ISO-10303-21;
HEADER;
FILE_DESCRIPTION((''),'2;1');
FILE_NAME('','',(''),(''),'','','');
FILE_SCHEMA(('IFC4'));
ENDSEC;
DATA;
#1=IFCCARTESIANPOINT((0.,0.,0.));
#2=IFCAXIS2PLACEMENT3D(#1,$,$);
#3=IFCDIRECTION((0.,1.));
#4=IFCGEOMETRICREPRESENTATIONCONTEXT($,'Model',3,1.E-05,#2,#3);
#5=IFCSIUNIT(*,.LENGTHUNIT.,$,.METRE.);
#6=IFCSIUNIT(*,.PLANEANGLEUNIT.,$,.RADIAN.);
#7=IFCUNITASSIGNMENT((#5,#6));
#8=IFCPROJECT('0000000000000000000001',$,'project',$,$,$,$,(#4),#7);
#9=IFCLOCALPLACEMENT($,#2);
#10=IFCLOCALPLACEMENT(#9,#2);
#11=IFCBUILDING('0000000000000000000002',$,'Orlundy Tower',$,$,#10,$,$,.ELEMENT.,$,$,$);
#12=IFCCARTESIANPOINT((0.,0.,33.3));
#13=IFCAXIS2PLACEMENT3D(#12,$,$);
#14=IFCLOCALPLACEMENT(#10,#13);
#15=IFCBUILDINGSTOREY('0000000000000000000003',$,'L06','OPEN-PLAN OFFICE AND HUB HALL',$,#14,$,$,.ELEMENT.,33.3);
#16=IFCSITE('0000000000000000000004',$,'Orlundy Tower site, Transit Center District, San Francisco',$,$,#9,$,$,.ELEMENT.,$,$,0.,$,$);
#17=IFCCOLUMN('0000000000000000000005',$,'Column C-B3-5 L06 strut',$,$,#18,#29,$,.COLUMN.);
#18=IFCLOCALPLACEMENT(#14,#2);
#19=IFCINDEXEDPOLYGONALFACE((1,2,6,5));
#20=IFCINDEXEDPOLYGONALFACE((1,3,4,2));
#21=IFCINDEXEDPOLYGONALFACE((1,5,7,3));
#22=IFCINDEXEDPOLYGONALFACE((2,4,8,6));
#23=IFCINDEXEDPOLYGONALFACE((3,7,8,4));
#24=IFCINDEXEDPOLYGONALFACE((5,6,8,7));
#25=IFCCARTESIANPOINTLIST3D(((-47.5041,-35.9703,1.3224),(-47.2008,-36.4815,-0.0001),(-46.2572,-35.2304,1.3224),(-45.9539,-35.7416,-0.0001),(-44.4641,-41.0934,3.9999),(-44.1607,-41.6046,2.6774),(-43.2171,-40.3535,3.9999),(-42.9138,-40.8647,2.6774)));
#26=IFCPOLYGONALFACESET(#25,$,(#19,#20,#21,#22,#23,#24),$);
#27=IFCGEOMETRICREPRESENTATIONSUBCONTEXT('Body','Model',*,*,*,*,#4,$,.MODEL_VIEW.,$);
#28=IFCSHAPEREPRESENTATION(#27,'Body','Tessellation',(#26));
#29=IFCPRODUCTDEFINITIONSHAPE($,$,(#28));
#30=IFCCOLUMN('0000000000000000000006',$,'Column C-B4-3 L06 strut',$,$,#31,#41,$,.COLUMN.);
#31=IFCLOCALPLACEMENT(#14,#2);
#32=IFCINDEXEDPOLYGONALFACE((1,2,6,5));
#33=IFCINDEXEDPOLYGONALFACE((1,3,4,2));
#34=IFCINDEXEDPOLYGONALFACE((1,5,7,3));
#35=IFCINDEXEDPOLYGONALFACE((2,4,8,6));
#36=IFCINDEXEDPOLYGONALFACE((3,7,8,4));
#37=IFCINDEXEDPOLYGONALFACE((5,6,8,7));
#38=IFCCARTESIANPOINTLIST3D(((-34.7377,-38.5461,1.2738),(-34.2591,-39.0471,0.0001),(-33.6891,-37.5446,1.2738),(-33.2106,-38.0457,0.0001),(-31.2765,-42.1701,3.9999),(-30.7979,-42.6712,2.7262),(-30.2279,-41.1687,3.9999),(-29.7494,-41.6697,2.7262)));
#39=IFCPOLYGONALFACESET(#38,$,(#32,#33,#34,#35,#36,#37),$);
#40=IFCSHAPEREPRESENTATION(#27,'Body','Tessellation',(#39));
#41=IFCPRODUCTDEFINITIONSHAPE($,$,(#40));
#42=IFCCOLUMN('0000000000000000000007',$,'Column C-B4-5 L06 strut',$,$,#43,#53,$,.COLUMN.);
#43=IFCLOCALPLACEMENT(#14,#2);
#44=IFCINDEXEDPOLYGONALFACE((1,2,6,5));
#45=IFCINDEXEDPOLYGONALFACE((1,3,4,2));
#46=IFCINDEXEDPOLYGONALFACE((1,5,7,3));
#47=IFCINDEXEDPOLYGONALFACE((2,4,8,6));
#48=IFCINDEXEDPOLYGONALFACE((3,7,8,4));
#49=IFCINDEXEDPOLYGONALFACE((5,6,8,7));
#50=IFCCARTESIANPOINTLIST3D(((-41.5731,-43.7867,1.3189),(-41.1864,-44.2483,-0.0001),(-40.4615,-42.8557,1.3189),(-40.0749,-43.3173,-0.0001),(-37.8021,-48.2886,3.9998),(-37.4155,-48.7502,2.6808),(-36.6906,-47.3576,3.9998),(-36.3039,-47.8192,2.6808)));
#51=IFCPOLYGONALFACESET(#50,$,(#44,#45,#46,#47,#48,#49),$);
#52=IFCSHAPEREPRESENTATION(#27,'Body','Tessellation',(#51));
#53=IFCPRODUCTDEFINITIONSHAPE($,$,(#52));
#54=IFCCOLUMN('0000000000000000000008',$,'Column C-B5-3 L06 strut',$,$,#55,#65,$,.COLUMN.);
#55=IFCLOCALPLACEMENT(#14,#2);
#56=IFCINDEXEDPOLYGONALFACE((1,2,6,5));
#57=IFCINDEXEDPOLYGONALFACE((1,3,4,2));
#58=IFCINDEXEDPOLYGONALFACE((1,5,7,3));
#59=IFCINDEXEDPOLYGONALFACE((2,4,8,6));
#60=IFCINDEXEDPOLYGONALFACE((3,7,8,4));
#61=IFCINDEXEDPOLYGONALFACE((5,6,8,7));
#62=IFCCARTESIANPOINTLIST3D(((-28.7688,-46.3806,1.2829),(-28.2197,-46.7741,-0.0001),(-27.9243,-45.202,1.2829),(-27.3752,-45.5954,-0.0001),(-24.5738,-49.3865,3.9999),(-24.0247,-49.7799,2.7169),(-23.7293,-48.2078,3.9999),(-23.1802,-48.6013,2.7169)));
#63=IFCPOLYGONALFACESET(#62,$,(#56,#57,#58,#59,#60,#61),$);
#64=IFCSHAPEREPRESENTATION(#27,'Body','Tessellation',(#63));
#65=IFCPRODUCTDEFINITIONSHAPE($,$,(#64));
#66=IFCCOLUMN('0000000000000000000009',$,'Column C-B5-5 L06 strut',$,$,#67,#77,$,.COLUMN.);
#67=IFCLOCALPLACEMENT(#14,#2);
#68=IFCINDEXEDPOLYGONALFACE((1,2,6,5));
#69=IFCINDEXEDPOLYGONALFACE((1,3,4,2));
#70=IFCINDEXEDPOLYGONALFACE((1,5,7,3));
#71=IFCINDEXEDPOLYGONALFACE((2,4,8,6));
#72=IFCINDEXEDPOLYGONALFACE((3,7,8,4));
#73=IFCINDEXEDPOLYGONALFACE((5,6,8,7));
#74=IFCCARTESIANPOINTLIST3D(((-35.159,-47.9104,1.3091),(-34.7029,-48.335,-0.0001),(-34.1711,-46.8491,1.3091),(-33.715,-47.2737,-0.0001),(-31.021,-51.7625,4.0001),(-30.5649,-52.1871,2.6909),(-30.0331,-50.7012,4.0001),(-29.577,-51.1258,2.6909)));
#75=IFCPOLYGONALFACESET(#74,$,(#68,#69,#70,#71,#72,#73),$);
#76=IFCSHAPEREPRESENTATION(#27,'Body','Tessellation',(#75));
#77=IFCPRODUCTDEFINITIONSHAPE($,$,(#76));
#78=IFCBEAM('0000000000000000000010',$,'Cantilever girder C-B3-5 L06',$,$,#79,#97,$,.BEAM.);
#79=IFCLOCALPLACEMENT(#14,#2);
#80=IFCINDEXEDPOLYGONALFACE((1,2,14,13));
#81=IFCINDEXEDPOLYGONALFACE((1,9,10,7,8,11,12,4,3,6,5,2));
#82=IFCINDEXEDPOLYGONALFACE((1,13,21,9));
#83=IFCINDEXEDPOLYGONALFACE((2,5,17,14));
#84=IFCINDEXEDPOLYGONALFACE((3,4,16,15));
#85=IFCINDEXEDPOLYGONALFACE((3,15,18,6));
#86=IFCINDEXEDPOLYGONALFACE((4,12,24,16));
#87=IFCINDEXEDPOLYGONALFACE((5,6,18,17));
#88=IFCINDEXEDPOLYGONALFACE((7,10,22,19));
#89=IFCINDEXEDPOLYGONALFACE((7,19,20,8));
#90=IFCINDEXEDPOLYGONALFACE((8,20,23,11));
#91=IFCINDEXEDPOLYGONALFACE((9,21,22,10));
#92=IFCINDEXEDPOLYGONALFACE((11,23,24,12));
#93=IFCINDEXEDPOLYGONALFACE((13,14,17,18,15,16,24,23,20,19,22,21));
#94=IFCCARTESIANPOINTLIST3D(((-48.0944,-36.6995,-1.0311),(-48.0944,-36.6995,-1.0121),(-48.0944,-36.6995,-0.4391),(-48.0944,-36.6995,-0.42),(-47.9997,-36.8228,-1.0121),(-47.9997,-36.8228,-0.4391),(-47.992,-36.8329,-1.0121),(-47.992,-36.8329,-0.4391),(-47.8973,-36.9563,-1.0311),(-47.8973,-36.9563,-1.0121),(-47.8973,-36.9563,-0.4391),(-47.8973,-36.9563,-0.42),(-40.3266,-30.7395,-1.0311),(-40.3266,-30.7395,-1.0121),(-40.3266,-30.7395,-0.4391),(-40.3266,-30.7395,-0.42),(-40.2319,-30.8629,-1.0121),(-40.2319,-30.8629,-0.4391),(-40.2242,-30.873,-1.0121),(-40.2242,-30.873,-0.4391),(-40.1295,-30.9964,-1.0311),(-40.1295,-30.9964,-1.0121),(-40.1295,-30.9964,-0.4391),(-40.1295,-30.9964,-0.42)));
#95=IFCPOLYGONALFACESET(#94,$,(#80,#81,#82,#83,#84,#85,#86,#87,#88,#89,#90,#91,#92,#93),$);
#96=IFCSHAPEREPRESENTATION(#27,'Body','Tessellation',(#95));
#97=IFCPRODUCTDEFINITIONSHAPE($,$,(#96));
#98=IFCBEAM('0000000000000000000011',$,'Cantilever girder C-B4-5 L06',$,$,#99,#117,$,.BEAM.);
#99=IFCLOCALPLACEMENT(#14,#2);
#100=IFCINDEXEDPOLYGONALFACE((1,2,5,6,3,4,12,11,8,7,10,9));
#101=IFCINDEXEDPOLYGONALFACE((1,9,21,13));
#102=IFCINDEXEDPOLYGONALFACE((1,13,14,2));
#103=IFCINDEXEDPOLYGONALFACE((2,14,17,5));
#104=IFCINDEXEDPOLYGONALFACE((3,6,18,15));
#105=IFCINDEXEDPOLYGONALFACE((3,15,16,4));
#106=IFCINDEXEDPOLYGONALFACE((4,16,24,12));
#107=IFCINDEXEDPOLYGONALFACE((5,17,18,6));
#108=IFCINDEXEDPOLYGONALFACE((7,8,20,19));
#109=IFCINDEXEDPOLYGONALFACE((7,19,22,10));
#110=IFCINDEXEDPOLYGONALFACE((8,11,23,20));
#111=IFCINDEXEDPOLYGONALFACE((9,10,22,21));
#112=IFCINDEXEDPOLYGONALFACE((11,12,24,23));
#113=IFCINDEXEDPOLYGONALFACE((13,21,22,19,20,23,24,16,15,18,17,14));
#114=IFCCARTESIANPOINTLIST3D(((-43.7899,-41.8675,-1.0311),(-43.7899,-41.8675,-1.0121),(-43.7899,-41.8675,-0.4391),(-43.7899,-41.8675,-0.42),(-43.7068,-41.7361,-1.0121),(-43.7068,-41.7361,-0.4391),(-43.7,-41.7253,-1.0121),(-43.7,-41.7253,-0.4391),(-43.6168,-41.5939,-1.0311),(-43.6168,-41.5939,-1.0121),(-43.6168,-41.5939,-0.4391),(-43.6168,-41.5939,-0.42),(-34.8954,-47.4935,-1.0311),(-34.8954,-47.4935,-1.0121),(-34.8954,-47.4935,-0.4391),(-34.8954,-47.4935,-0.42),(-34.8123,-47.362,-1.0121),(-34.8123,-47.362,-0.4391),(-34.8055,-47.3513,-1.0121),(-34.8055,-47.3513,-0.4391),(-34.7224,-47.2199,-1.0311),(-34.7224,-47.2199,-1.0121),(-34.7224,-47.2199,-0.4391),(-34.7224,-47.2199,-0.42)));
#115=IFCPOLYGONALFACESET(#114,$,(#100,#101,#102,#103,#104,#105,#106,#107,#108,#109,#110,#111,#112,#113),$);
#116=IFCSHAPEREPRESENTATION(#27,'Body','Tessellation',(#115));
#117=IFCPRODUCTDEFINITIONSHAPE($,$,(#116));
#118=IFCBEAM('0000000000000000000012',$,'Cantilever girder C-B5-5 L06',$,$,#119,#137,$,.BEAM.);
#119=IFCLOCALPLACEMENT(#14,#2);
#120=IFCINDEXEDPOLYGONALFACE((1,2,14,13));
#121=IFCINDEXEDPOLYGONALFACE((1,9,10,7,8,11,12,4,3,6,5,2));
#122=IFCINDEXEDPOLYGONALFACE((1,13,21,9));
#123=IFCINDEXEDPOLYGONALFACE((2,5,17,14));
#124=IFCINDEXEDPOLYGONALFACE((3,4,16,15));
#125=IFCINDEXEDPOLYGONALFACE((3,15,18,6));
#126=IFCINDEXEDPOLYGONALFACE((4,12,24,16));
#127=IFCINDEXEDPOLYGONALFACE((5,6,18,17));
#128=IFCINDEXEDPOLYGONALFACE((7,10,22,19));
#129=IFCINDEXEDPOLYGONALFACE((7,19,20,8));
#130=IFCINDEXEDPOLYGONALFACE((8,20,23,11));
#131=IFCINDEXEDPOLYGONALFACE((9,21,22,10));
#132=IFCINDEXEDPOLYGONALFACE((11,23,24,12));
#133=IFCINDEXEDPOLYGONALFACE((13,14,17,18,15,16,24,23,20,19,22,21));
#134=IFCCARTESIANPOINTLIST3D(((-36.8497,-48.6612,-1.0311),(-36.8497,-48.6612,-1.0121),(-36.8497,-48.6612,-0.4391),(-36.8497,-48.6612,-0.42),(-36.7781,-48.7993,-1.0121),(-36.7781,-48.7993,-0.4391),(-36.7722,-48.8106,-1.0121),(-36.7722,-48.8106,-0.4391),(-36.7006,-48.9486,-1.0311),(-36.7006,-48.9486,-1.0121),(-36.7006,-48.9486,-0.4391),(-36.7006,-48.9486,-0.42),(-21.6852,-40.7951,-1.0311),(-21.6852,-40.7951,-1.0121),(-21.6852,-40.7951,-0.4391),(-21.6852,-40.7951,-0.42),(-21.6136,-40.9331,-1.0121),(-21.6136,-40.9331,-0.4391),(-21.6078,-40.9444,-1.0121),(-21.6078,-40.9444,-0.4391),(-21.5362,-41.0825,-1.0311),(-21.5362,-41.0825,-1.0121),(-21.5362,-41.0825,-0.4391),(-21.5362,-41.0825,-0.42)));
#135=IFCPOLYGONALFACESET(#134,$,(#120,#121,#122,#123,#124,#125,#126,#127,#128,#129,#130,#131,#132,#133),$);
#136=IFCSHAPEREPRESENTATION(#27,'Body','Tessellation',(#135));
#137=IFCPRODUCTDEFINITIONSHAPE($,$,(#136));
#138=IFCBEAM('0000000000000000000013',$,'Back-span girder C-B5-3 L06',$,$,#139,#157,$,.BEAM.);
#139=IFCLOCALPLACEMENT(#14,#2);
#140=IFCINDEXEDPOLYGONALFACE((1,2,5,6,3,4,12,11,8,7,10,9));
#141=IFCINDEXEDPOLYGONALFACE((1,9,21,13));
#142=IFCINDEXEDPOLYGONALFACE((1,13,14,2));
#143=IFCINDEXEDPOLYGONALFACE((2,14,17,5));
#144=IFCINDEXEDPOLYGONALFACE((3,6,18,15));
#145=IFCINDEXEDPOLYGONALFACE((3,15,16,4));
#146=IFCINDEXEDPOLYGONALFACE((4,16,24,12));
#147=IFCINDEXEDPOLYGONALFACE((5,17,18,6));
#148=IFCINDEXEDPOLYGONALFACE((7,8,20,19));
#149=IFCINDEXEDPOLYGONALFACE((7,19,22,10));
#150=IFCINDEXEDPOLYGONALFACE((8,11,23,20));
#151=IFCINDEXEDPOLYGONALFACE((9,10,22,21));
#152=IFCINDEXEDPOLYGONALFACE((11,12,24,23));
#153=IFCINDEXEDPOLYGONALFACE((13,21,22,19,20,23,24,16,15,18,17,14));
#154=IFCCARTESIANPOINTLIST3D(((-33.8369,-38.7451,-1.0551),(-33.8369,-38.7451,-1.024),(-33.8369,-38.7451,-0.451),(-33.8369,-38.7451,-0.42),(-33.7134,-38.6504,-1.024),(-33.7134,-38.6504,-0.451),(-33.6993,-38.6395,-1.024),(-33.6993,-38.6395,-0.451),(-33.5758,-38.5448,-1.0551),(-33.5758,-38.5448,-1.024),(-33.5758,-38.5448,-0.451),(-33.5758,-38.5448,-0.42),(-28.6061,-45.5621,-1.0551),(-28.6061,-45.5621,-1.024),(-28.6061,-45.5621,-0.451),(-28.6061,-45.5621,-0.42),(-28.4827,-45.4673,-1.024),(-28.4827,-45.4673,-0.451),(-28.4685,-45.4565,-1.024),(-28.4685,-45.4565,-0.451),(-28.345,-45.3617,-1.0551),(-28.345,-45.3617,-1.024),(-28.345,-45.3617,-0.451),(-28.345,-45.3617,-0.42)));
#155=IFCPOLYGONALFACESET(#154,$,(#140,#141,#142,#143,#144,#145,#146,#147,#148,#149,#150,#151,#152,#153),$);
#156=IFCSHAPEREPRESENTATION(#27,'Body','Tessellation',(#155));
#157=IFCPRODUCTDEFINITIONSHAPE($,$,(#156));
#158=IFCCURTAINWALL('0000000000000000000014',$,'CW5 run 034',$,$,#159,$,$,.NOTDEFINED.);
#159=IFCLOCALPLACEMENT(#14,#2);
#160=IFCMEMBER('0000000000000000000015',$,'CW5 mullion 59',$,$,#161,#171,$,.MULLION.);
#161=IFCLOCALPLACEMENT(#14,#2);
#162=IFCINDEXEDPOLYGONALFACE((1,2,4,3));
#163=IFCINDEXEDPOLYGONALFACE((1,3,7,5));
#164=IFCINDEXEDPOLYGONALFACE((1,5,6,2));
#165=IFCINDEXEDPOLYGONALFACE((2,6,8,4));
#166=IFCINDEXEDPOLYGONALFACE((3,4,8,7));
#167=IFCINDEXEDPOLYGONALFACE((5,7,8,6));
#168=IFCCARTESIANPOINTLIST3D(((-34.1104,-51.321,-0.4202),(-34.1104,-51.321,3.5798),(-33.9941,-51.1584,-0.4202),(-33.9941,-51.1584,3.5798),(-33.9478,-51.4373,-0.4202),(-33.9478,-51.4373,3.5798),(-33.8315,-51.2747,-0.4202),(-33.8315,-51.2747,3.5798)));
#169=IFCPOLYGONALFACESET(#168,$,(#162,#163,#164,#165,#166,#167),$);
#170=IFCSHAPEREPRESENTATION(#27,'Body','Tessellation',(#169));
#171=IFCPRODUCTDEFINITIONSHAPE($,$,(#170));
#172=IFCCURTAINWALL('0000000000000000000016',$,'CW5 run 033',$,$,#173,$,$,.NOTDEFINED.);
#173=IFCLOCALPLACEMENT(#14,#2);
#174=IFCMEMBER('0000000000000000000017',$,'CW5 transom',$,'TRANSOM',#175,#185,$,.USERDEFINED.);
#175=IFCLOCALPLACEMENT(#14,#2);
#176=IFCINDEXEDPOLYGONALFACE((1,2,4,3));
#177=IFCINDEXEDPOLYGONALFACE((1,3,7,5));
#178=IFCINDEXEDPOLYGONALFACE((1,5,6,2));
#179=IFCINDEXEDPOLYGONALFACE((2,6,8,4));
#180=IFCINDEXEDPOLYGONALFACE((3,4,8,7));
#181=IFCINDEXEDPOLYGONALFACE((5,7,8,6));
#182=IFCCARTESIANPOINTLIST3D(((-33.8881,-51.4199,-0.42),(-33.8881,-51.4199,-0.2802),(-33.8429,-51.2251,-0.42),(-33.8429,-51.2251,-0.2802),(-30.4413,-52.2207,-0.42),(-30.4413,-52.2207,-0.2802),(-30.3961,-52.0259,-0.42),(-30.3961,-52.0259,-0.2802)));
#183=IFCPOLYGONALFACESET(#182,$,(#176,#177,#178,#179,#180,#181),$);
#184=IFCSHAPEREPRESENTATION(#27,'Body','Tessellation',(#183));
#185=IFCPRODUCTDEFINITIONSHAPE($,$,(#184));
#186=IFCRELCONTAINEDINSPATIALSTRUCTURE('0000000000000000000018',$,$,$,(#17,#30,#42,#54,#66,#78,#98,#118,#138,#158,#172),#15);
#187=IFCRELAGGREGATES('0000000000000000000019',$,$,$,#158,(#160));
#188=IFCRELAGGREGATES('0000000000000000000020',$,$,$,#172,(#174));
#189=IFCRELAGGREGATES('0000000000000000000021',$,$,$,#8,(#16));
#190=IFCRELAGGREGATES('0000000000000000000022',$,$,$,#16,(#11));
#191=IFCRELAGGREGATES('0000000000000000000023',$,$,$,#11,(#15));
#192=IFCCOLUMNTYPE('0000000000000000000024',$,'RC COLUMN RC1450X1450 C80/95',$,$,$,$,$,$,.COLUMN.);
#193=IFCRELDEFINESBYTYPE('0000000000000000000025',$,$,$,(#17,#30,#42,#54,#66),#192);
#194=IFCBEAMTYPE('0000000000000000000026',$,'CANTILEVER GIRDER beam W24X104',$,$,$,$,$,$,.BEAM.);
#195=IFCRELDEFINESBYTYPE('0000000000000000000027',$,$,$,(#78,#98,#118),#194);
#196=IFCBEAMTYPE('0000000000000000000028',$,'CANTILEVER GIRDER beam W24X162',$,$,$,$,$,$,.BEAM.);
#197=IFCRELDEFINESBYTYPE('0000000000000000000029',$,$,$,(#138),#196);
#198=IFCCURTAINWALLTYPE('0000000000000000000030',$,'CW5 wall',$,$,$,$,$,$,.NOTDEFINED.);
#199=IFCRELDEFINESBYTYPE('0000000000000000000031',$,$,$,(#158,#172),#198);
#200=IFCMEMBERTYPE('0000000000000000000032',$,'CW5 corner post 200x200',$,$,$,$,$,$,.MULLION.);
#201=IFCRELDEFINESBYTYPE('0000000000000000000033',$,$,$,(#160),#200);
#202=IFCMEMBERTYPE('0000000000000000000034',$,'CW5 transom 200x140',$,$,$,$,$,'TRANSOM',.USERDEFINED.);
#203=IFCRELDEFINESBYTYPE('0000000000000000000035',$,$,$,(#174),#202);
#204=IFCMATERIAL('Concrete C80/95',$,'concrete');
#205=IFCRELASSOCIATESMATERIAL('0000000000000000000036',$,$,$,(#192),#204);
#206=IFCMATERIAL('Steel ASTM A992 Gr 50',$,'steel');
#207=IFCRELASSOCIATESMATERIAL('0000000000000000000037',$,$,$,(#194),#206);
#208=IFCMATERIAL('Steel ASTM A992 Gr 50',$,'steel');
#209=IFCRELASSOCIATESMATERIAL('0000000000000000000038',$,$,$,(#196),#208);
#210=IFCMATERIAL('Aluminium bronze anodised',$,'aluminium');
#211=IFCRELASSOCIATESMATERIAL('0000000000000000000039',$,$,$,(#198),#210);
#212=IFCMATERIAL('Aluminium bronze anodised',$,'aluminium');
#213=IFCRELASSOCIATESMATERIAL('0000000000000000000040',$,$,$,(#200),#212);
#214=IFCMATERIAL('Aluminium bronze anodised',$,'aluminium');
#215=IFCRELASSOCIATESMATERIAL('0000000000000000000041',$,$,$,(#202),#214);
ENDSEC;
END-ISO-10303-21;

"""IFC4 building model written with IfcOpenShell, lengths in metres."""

from ifc_helpers import new_model, si_unit, direction, frame, origin, origin_2d, place, context, subcontext, project, spatial, rectangle, i_section, extrude, material, material_profile, profile_set, type_object, element, aggregate, save


model = new_model("IFC4")

# Units and contexts
model_context = context("Model", 3, precision=1e-05, world=origin(), true_north=direction((0.0, 1.0)))
body_context = subcontext(model_context, "Body", "Model", "MODEL_VIEW")
ifc_project = project(units=[si_unit("LENGTHUNIT", "METRE"), si_unit("PLANEANGLEUNIT", "RADIAN")], contexts=[model_context])

# Site, building, storey
site_placement = place(None, origin())
site = spatial("IfcSite", under=ifc_project, at=site_placement, Name="Orlundy Tower site, Transit Center District, San Francisco", CompositionType="ELEMENT", RefElevation=0.0)
building_placement = place(site_placement, origin())
building = spatial("IfcBuilding", under=site, at=building_placement, Name="Orlundy Tower", CompositionType="ELEMENT")
storey_placement = place(building_placement, frame((0.0, 0.0, 33.3)))
storey = spatial("IfcBuildingStorey", under=building, at=storey_placement, Name="L06", Description="OPEN-PLAN OFFICE AND HUB HALL", CompositionType="ELEMENT", Elevation=33.3)

# Columns
ifc_material_1 = material(Name="Concrete C80/95", Category="concrete")
ifc_material_profile_1 = material_profile(ifc_material_1, rectangle(XDim=1.45, YDim=1.45, at=origin_2d()), Name="RC1450X1450")
ifc_profile_set_1 = profile_set([ifc_material_profile_1], Name="Concrete C80/95")
column_type = type_object("IfcColumnType", Name="RC COLUMN RC1450X1450 C80/95", PredefinedType="COLUMN", material=ifc_profile_set_1)
column_1_placement = place(storey_placement, frame((-46.729, -35.856, 0.6611), z_axis=(0.465465, -0.784398, 0.409955), x_axis=(0.859985, 0.510319, 0.0)))
element("IfcColumn", 1, at=column_1_placement, inside=storey, type_object=column_type, Name="Column C-B3-5 L06 strut", PredefinedType="COLUMN", context=body_context, shape_type="SweptSolid", body=[
    extrude(rectangle(XDim=1.45, YDim=1.45, at=origin_2d()), origin(), (0.0, 0.0, 1.0), 6.5312),
])
column_2_placement = place(storey_placement, frame((-33.9741, -38.2959, 0.637), z_axis=(0.606713, -0.635258, 0.477856), x_axis=(0.723167, 0.690673, 0.0)))
element("IfcColumn", 2, at=column_2_placement, inside=storey, type_object=column_type, Name="Column C-B4-3 L06 strut", PredefinedType="COLUMN", context=body_context, shape_type="SweptSolid", body=[
    extrude(rectangle(XDim=1.45, YDim=1.45, at=origin_2d()), origin(), (0.0, 0.0, 1.0), 5.7048),
])
column_3_placement = place(storey_placement, frame((-40.824, -43.552, 0.6594), z_axis=(0.58414, -0.697368, 0.415282), x_axis=(0.766597, 0.642129, 0.0)))
element("IfcColumn", 3, at=column_3_placement, inside=storey, type_object=column_type, Name="Column C-B4-5 L06 strut", PredefinedType="COLUMN", context=body_context, shape_type="SweptSolid", body=[
    extrude(rectangle(XDim=1.45, YDim=1.45, at=origin_2d()), origin(), (0.0, 0.0, 1.0), 6.4556),
])
column_4_placement = place(storey_placement, frame((-28.072, -45.988, 0.6414), z_axis=(0.719278, -0.515379, 0.465858), x_axis=(0.582441, 0.812873, 0.0)))
element("IfcColumn", 4, at=column_4_placement, inside=storey, type_object=column_type, Name="Column C-B5-3 L06 strut", PredefinedType="COLUMN", context=body_context, shape_type="SweptSolid", body=[
    extrude(rectangle(XDim=1.45, YDim=1.45, at=origin_2d()), origin(), (0.0, 0.0, 1.0), 5.8323),
])
column_5_placement = place(storey_placement, frame((-34.437, -47.592, 0.6545), z_axis=(0.660892, -0.615232, 0.429781), x_axis=(0.68137, 0.731939, 0.0)))
element("IfcColumn", 5, at=column_5_placement, inside=storey, type_object=column_type, Name="Column C-B5-5 L06 strut", PredefinedType="COLUMN", context=body_context, shape_type="SweptSolid", body=[
    extrude(rectangle(XDim=1.45, YDim=1.45, at=origin_2d()), origin(), (0.0, 0.0, 1.0), 6.2612),
])

# Beams
ifc_material_2 = material(Name="Steel ASTM A992 Gr 50", Category="steel")
ifc_material_profile_2 = material_profile(ifc_material_2, i_section(OverallWidth=0.3237, OverallDepth=0.6111, WebThickness=0.0127, FlangeThickness=0.019, at=origin_2d()), Name="W24X104")
ifc_profile_set_2 = profile_set([ifc_material_profile_2], Name="Steel ASTM A992 Gr 50")
beam_type_1 = type_object("IfcBeamType", Name="CANTILEVER GIRDER beam W24X104", PredefinedType="BEAM", material=ifc_profile_set_2)
beam_1_placement = place(storey_placement, frame((-47.9958, -36.8279, -0.7256), z_axis=(0.793378, 0.608729, 0.0), x_axis=(-0.608729, 0.793378, 0.0)))
element("IfcBeam", 6, at=beam_1_placement, inside=storey, type_object=beam_type_1, Name="Cantilever girder C-B3-5 L06", PredefinedType="BEAM", context=body_context, shape_type="SweptSolid", body=[
    extrude(i_section(OverallWidth=0.3237, OverallDepth=0.6111, WebThickness=0.0127, FlangeThickness=0.019, at=origin_2d()), origin(), (0.0, 0.0, 1.0), 9.7908),
])
beam_2_placement = place(storey_placement, frame((-43.7034, -41.7307, -0.7256), z_axis=(0.845129, -0.534562, 0.0), x_axis=(0.534562, 0.845129, 0.0)))
element("IfcBeam", 7, at=beam_2_placement, inside=storey, type_object=beam_type_1, Name="Cantilever girder C-B4-5 L06", PredefinedType="BEAM", context=body_context, shape_type="SweptSolid", body=[
    extrude(i_section(OverallWidth=0.3237, OverallDepth=0.6111, WebThickness=0.0127, FlangeThickness=0.019, at=origin_2d()), origin(), (0.0, 0.0, 1.0), 10.5244),
])
beam_3_placement = place(storey_placement, frame((-36.7751, -48.8049, -0.7256), z_axis=(0.88768, 0.460461, 0.0), x_axis=(-0.460461, 0.88768, 0.0)))
element("IfcBeam", 8, at=beam_3_placement, inside=storey, type_object=beam_type_1, Name="Cantilever girder C-B5-5 L06", PredefinedType="BEAM", context=body_context, shape_type="SweptSolid", body=[
    extrude(i_section(OverallWidth=0.3237, OverallDepth=0.6111, WebThickness=0.0127, FlangeThickness=0.019, at=origin_2d()), origin(), (0.0, 0.0, 1.0), 17.0833),
])
ifc_material_3 = material(Name="Steel ASTM A992 Gr 50", Category="steel")
ifc_material_profile_3 = material_profile(ifc_material_3, i_section(OverallWidth=0.3291, OverallDepth=0.635, WebThickness=0.0178, FlangeThickness=0.031, at=origin_2d()), Name="W24X162")
ifc_profile_set_3 = profile_set([ifc_material_profile_3], Name="Steel ASTM A992 Gr 50")
beam_type_2 = type_object("IfcBeamType", Name="CANTILEVER GIRDER beam W24X162", PredefinedType="BEAM", material=ifc_profile_set_3)
beam_4_placement = place(storey_placement, frame((-28.4756, -45.4619, -0.7375), z_axis=(-0.608756, 0.793358, 0.0), x_axis=(-0.793358, -0.608756, 0.0)))
element("IfcBeam", 9, at=beam_4_placement, inside=storey, type_object=beam_type_2, Name="Back-span girder C-B5-3 L06", PredefinedType="BEAM", context=body_context, shape_type="SweptSolid", body=[
    extrude(i_section(OverallWidth=0.3291, OverallDepth=0.635, WebThickness=0.0178, FlangeThickness=0.031, at=origin_2d()), origin(), (0.0, 0.0, 1.0), 8.5925),
])

# Curtain walls, members
ifc_material_4 = material(Name="Aluminium bronze anodised", Category="aluminium")
curtain_wall_type = type_object("IfcCurtainWallType", Name="CW5 wall", PredefinedType="NOTDEFINED", material=ifc_material_4)
curtain_wall_1_placement = place(storey_placement, origin())
curtain_wall_1 = element("IfcCurtainWall", 10, at=curtain_wall_1_placement, inside=storey, type_object=curtain_wall_type, Name="CW5 run 034", PredefinedType="NOTDEFINED")
ifc_material_5 = material(Name="Aluminium bronze anodised", Category="aluminium")
ifc_material_profile_4 = material_profile(ifc_material_5, rectangle(XDim=0.2, YDim=0.2, at=origin_2d()), Name="CW5 corner post 200x200")
ifc_profile_set_4 = profile_set([ifc_material_profile_4], Name="Aluminium bronze anodised")
member_type_1 = type_object("IfcMemberType", Name="CW5 corner post 200x200", PredefinedType="MULLION", material=ifc_profile_set_4)
member_1_placement = place(storey_placement, frame((-33.9709, -51.2979, -0.4202), z_axis=(0.0, 0.0, 1.0), x_axis=(-0.581978, -0.813204, 0.0)))
member_1 = element("IfcMember", 11, at=member_1_placement, type_object=member_type_1, Name="CW5 mullion 59", PredefinedType="MULLION", context=body_context, shape_type="SweptSolid", body=[
    extrude(rectangle(XDim=0.2, YDim=0.2, at=origin_2d()), origin(), (0.0, 0.0, 1.0), 4.0),
])
curtain_wall_2_placement = place(storey_placement, origin())
curtain_wall_2 = element("IfcCurtainWall", 12, at=curtain_wall_2_placement, inside=storey, type_object=curtain_wall_type, Name="CW5 run 033", PredefinedType="NOTDEFINED")
ifc_material_6 = material(Name="Aluminium bronze anodised", Category="aluminium")
ifc_material_profile_5 = material_profile(ifc_material_6, rectangle(XDim=0.2, YDim=0.1399, at=origin_2d()), Name="CW5 transom 200x140")
ifc_profile_set_5 = profile_set([ifc_material_profile_5], Name="Aluminium bronze anodised")
member_type_2 = type_object("IfcMemberType", Name="CW5 transom 200x140", ElementType="TRANSOM", PredefinedType="USERDEFINED", material=ifc_profile_set_5)
member_2_placement = place(storey_placement, frame((-30.4187, -52.1233, -0.3501), z_axis=(-0.974058, 0.2263, 0.0), x_axis=(-0.2263, -0.974058, 0.0)))
member_2 = element("IfcMember", 13, at=member_2_placement, type_object=member_type_2, Name="CW5 transom", ObjectType="TRANSOM", PredefinedType="USERDEFINED", context=body_context, shape_type="SweptSolid", body=[
    extrude(rectangle(XDim=0.2, YDim=0.1399, at=origin_2d()), origin(), (0.0, 0.0, 1.0), 3.5386),
])

aggregate(curtain_wall_1, [member_1])
aggregate(curtain_wall_2, [member_2])

save(model, "model.ifc")
